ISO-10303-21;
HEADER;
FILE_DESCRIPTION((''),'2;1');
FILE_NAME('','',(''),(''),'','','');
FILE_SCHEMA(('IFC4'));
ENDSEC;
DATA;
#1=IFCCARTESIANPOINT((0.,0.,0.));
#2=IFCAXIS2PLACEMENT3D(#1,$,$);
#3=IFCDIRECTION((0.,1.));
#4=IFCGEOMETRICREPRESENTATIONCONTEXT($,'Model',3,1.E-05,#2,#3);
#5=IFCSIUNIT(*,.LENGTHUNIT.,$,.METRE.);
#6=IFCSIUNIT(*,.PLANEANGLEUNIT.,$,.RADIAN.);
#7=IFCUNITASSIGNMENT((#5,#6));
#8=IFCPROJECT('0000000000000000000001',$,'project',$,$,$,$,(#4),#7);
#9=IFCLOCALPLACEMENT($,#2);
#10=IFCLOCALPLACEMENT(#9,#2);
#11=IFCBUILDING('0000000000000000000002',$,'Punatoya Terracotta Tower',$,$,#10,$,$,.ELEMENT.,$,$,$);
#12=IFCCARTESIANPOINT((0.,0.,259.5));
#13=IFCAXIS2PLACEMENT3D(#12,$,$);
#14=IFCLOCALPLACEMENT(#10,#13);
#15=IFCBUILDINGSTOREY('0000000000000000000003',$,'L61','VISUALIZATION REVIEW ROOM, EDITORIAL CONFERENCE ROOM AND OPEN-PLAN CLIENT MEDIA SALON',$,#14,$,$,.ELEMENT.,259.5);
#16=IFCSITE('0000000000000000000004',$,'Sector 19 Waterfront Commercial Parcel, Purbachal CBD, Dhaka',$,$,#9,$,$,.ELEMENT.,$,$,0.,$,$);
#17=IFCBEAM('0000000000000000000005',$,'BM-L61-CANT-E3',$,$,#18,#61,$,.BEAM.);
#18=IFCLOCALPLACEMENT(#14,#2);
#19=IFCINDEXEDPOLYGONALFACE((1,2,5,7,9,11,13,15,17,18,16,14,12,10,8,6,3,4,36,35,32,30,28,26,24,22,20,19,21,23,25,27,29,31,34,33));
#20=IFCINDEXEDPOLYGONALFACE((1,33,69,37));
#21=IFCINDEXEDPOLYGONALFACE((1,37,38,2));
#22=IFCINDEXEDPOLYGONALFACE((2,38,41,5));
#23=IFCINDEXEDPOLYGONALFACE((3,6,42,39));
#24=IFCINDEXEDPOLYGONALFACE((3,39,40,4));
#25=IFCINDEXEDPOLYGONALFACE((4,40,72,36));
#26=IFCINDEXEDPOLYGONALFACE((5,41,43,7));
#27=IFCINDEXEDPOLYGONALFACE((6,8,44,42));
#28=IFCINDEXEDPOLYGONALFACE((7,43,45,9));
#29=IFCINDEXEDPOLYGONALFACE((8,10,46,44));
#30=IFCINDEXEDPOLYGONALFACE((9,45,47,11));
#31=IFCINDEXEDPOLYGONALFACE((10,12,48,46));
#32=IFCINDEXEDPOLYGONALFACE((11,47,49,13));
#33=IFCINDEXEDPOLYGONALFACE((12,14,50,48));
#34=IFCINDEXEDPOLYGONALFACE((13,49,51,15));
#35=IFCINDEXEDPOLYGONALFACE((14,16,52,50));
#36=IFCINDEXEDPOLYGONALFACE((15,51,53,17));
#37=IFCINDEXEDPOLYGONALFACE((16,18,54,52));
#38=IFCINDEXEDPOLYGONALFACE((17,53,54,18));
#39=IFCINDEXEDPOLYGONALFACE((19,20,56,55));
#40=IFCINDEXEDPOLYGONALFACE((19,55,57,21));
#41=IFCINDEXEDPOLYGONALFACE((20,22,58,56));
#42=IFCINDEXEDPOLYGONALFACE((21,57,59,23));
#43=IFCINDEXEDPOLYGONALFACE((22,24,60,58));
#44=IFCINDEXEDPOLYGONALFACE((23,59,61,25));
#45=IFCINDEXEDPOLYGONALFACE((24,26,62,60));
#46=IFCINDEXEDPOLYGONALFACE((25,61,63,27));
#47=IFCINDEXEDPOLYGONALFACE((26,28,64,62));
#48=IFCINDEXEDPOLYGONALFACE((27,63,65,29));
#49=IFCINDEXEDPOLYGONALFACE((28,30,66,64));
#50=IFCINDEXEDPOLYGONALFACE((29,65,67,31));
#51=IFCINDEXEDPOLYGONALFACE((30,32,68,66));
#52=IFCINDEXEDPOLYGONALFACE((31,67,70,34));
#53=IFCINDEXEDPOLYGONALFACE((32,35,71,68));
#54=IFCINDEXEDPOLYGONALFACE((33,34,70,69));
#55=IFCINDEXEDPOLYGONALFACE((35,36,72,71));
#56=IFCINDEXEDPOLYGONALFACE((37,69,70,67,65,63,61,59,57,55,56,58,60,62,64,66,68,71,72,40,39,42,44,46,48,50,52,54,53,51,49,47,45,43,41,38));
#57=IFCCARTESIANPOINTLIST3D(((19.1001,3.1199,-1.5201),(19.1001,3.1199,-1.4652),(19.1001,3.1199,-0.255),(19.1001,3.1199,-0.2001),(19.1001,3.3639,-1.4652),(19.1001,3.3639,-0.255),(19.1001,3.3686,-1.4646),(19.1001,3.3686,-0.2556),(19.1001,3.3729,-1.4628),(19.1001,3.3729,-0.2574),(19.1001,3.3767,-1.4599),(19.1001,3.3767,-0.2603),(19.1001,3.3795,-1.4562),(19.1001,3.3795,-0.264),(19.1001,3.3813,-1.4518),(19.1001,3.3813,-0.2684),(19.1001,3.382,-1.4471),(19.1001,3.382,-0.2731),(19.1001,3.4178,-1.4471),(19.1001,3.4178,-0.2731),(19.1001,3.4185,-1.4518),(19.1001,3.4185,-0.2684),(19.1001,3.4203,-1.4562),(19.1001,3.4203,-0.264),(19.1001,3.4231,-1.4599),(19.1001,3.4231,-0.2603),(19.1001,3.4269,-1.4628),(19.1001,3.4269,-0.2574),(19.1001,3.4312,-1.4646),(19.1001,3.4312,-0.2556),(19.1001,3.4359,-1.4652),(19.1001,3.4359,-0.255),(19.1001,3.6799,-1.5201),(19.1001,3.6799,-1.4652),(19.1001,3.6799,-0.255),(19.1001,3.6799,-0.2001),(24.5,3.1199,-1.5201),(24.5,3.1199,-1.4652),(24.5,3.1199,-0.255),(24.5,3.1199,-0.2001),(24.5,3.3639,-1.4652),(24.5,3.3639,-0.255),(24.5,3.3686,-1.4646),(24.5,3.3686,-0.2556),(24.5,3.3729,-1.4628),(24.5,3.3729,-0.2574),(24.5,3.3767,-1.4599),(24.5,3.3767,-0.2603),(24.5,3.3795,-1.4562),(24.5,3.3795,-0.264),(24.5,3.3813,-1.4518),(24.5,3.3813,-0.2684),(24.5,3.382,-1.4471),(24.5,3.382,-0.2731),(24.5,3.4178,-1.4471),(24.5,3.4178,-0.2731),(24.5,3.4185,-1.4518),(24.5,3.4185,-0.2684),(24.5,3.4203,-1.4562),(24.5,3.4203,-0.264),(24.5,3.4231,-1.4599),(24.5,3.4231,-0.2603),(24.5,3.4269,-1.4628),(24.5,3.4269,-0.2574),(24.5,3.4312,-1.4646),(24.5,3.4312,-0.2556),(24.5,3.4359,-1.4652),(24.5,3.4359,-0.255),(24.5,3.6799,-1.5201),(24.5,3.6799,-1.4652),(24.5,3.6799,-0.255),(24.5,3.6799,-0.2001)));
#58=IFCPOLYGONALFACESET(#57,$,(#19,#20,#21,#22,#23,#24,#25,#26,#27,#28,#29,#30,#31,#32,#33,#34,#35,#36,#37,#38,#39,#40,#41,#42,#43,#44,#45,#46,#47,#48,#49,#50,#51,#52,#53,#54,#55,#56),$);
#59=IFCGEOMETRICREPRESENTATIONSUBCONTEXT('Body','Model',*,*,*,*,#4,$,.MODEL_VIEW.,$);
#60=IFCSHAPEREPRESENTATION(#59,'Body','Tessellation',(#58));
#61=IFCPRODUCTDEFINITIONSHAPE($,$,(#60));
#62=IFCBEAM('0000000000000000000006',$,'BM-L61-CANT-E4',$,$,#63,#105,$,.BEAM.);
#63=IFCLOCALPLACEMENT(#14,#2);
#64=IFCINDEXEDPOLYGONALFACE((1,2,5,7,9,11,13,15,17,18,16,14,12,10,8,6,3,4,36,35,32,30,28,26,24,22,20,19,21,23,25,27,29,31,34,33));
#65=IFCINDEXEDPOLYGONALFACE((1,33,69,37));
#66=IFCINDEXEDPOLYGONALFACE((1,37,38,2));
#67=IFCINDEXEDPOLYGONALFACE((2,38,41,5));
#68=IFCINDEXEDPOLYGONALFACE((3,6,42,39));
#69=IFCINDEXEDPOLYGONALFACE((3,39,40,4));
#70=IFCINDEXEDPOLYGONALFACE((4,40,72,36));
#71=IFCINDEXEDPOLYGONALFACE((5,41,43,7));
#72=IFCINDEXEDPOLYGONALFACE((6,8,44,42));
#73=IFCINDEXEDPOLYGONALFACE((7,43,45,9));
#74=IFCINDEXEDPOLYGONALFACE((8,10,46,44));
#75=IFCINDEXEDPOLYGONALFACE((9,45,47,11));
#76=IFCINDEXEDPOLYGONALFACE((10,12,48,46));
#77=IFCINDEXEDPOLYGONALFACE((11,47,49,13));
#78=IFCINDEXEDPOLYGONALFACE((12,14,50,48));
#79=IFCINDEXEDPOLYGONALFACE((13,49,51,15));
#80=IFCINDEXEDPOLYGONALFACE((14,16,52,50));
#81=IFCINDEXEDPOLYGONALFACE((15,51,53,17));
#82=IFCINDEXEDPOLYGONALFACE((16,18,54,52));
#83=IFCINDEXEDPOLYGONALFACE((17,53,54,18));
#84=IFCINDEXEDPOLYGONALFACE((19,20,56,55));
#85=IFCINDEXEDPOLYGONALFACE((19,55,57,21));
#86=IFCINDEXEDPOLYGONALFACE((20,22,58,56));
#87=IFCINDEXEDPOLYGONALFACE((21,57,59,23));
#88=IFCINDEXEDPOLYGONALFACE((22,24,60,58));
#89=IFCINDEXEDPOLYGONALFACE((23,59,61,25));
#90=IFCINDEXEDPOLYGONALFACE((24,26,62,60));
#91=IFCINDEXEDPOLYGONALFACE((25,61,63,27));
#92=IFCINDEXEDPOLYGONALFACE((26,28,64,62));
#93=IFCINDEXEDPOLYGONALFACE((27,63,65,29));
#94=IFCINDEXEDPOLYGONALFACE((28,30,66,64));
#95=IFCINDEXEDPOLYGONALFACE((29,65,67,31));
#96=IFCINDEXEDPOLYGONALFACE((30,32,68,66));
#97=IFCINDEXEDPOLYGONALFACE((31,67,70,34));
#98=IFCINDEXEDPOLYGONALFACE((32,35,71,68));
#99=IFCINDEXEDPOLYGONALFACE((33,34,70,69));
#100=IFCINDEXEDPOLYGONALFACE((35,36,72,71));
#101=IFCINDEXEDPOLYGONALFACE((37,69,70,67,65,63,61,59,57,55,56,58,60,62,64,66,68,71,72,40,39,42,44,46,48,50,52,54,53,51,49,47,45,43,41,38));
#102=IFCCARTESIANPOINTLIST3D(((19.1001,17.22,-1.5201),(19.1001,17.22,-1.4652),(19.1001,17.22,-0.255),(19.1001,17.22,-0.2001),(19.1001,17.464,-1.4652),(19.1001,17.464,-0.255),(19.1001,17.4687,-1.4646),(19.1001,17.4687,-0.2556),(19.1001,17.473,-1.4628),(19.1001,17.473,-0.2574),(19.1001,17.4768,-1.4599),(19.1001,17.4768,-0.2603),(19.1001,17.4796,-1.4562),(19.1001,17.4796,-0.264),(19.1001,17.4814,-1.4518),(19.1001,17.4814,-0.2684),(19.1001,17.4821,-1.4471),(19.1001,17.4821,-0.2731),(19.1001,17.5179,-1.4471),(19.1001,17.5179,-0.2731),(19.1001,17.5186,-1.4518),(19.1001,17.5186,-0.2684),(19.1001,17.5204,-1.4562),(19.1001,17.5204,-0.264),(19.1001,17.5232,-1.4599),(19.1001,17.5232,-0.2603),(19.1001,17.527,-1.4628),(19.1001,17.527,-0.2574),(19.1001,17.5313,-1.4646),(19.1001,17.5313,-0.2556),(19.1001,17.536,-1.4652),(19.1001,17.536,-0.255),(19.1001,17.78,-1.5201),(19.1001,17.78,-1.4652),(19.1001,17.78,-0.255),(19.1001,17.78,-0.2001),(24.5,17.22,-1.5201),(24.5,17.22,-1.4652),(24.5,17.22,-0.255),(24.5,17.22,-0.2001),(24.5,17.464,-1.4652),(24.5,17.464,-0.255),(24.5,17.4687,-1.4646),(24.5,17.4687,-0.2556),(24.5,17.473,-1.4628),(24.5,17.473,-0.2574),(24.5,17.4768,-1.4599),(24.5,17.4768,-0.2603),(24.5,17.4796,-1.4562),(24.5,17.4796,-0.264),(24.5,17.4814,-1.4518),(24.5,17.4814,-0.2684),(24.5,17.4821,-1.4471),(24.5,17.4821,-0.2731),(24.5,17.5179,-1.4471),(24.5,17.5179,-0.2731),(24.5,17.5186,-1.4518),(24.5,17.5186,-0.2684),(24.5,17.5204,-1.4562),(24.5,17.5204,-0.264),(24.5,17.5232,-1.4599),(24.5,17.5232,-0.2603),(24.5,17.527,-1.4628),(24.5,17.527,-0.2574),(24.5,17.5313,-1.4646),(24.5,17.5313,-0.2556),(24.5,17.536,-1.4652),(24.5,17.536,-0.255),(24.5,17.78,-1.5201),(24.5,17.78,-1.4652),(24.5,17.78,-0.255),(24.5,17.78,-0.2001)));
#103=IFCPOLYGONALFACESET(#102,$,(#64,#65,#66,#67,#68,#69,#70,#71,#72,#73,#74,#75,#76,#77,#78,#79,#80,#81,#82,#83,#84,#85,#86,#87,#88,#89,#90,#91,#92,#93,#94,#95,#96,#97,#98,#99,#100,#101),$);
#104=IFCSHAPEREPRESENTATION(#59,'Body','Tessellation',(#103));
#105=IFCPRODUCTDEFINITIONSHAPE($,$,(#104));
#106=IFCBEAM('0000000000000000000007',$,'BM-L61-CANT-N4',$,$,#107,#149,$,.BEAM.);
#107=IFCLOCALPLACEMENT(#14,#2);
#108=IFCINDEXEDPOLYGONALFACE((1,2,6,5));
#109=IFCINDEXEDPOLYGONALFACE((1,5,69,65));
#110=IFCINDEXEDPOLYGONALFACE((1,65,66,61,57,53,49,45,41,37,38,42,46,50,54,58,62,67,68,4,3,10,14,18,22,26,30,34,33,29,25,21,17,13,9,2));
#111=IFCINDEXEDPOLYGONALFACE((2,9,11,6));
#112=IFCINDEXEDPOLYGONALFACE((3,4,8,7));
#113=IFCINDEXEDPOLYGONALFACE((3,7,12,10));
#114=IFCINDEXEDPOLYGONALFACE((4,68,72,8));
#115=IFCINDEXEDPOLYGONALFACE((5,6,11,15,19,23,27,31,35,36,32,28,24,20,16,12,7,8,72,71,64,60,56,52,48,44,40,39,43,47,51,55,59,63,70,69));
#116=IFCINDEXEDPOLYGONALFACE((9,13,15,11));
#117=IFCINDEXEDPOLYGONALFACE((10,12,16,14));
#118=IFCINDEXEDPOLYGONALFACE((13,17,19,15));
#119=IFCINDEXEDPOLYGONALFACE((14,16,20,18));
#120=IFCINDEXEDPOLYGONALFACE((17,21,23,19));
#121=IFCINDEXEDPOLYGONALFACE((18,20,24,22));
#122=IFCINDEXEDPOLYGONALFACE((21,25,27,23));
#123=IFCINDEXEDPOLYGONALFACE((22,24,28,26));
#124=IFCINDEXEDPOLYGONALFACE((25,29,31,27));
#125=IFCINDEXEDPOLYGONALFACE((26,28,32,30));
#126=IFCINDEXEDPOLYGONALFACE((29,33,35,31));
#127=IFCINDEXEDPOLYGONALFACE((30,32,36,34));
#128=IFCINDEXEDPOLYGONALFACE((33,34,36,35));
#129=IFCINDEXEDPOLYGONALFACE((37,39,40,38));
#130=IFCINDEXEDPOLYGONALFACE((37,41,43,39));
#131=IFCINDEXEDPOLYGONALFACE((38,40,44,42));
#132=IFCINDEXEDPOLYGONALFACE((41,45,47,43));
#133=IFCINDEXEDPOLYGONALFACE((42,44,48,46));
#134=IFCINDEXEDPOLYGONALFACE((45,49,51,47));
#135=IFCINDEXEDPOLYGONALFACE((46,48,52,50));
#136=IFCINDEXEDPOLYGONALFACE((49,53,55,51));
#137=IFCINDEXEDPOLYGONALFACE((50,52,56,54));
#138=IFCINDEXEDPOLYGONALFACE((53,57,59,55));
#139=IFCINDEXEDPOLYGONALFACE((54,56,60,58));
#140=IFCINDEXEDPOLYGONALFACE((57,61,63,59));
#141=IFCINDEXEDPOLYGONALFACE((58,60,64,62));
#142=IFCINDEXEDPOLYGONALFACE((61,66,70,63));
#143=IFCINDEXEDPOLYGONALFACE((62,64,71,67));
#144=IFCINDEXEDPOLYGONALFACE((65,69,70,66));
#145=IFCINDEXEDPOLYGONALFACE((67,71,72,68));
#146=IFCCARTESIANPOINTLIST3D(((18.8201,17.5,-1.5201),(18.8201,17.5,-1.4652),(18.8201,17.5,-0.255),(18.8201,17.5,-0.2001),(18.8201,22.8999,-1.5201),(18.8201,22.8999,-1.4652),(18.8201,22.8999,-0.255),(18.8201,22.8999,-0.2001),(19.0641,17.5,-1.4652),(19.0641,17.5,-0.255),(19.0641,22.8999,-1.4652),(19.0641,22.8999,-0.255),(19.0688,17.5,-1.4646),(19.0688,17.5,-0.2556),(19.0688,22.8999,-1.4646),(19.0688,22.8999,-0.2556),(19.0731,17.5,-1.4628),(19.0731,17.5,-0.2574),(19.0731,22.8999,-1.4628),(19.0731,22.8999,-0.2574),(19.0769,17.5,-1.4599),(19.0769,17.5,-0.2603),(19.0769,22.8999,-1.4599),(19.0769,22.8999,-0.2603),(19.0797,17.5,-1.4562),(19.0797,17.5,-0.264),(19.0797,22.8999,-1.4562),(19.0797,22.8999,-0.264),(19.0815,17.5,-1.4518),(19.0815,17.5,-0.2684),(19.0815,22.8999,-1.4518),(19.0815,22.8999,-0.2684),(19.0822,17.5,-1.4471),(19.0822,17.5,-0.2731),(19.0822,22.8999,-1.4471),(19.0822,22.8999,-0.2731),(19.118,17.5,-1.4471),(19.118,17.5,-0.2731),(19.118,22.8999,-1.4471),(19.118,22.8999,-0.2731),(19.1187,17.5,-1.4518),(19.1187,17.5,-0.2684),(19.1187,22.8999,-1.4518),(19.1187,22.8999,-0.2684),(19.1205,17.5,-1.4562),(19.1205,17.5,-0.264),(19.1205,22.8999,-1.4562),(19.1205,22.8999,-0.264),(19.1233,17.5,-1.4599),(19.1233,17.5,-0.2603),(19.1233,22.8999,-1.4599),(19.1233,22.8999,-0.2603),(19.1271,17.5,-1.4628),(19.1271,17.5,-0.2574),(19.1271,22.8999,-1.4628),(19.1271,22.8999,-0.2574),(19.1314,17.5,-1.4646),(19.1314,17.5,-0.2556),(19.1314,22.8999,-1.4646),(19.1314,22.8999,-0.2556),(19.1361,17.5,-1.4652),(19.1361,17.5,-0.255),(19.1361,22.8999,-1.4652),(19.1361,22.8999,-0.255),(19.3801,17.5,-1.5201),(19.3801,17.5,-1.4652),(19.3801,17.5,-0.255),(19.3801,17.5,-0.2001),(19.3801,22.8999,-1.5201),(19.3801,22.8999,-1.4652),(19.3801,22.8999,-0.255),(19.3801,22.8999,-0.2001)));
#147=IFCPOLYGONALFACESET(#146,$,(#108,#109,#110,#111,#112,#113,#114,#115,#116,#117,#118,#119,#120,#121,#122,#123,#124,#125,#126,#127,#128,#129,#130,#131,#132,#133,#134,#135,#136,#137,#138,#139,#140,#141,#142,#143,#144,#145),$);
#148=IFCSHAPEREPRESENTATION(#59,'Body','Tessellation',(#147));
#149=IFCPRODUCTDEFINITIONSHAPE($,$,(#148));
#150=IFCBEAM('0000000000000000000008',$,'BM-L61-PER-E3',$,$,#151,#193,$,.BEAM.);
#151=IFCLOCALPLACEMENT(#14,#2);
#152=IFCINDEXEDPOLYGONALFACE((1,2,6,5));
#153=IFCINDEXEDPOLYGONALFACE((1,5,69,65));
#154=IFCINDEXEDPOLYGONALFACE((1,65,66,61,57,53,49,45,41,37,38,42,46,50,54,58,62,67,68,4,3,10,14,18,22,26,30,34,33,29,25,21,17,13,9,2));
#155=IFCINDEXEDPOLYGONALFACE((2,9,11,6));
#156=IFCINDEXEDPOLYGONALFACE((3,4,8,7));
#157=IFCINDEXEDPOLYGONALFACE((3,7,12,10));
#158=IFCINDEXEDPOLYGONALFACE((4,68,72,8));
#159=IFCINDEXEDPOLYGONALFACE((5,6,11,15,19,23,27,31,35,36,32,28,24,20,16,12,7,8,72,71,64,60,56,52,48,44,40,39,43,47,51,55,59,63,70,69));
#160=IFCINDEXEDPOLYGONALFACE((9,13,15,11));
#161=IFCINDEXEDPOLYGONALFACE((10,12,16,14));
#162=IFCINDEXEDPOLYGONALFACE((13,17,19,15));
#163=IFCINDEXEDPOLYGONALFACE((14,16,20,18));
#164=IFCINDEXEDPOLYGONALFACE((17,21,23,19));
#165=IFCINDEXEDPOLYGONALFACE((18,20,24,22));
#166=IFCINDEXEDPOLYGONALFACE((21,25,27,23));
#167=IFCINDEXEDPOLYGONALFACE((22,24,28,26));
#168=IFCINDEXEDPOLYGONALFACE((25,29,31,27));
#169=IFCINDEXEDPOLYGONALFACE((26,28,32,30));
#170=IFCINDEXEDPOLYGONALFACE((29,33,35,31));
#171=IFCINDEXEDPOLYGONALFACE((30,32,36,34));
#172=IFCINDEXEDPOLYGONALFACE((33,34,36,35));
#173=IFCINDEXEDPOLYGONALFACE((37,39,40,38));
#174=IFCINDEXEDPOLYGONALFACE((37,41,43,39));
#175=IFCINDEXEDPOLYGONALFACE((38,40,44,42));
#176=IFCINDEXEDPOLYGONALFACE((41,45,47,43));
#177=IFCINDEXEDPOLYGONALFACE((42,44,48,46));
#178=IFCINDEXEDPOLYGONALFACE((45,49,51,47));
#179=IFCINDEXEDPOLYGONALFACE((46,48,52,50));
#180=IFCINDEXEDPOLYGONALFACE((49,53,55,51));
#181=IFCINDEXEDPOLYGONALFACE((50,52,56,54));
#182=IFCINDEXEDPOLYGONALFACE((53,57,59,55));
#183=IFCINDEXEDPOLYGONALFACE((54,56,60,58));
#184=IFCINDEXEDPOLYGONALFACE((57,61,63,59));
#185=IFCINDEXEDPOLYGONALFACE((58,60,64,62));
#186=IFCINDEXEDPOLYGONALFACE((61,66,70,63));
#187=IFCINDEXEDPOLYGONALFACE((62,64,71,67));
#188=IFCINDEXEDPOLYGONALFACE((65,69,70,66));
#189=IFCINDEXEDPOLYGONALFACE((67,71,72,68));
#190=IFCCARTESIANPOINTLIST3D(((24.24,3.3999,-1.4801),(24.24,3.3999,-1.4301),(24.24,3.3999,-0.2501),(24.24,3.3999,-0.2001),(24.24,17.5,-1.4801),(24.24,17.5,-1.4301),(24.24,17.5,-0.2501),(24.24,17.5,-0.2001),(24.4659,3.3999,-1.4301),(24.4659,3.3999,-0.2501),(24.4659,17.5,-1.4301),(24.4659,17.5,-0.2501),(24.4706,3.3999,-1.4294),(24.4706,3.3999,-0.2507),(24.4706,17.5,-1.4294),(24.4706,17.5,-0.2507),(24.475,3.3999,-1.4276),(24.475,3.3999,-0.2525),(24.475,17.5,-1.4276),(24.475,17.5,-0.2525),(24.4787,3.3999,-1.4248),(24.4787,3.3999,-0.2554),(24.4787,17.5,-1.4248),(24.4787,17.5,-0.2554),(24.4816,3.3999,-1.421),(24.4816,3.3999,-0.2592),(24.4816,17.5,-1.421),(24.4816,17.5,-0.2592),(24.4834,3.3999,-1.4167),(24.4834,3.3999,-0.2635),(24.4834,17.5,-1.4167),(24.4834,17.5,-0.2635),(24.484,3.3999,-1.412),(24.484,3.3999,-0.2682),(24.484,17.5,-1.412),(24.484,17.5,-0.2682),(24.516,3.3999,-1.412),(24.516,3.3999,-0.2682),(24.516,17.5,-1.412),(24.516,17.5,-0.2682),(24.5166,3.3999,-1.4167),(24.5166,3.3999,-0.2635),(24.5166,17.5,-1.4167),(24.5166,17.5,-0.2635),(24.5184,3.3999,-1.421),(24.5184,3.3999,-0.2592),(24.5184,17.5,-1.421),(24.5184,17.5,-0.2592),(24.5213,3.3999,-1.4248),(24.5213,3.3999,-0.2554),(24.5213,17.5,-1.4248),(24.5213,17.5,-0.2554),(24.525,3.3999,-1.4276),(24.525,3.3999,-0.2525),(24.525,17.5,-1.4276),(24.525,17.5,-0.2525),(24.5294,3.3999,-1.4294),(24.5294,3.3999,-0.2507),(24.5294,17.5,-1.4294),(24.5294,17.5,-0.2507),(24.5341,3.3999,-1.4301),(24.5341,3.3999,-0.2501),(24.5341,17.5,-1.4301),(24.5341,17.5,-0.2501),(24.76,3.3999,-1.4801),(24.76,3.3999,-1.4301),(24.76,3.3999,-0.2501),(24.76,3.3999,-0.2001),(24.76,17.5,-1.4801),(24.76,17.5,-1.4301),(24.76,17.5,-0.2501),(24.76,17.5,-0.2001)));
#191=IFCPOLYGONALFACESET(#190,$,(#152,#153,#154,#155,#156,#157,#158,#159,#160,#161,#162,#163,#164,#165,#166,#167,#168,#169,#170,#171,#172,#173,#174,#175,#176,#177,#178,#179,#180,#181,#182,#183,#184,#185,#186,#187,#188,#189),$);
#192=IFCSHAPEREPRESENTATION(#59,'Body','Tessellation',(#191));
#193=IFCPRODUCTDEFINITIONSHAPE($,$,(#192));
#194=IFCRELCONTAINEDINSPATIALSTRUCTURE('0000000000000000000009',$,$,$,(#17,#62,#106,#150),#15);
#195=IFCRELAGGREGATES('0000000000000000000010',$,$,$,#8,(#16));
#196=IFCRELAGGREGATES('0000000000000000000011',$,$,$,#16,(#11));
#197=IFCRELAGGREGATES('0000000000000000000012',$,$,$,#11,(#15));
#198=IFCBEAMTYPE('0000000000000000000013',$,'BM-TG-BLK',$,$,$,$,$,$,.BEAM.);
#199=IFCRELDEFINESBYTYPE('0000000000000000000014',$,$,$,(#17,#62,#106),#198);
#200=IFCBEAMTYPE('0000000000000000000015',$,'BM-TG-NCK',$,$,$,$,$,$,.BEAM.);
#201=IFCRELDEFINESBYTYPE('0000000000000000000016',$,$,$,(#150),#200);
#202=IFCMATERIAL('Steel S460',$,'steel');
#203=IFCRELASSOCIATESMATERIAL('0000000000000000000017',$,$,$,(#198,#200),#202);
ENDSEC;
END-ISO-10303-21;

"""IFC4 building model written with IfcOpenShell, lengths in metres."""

from ifc_helpers import new_model, si_unit, direction, frame, origin, origin_2d, place, context, subcontext, project, spatial, i_section, extrude, material, material_profile, profile_set, type_object, element, save


model = new_model("IFC4")

# Units and contexts
model_context = context("Model", 3, precision=1e-05, world=origin(), true_north=direction((0.0, 1.0)))
body_context = subcontext(model_context, "Body", "Model", "MODEL_VIEW")
ifc_project = project(units=[si_unit("LENGTHUNIT", "METRE"), si_unit("PLANEANGLEUNIT", "RADIAN")], contexts=[model_context])

# Site, building, storey
site_placement = place(None, origin())
site = spatial("IfcSite", under=ifc_project, at=site_placement, Name="Sector 19 Waterfront Commercial Parcel, Purbachal CBD, Dhaka", CompositionType="ELEMENT", RefElevation=0.0)
building_placement = place(site_placement, origin())
building = spatial("IfcBuilding", under=site, at=building_placement, Name="Punatoya Terracotta Tower", CompositionType="ELEMENT")
storey_placement = place(building_placement, frame((0.0, 0.0, 259.5)))
storey = spatial("IfcBuildingStorey", under=building, at=storey_placement, Name="L61", Description="VISUALIZATION REVIEW ROOM, EDITORIAL CONFERENCE ROOM AND OPEN-PLAN CLIENT MEDIA SALON", CompositionType="ELEMENT", Elevation=259.5)

# Shared definitions
ifc_material_1 = material(Name="Steel S460", Category="steel")

# Beams
ifc_material_profile_1 = material_profile(ifc_material_1, i_section(OverallWidth=0.5601, OverallDepth=1.3201, WebThickness=0.0359, FlangeThickness=0.0549, FilletRadius=0.0181, at=origin_2d()))
ifc_profile_set_1 = profile_set([ifc_material_profile_1], Name="Steel S460")
beam_type_1 = type_object("IfcBeamType", Name="BM-TG-BLK", PredefinedType="BEAM", material=ifc_profile_set_1)
for number, where, z_axis, x_axis, name in (
    (1, (19.1001, 3.3999, -0.8601), (1.0, 0.0, 0.0), (0.0, 1.0, 0.0), "BM-L61-CANT-E3"),
    (2, (19.1001, 17.5, -0.8601), (1.0, 0.0, 0.0), (0.0, 1.0, 0.0), "BM-L61-CANT-E4"),
    (3, (19.1001, 17.5, -0.8601), (0.0, 1.0, 0.0), (-1.0, 0.0, 0.0), "BM-L61-CANT-N4"),
):
    element("IfcBeam", number, at=place(storey_placement, frame(where, z_axis=z_axis, x_axis=x_axis)), inside=storey, type_object=beam_type_1, Name=name, PredefinedType="BEAM", context=body_context, shape_type="SweptSolid", body=[
        extrude(i_section(OverallWidth=0.5601, OverallDepth=1.3201, WebThickness=0.0359, FlangeThickness=0.0549, FilletRadius=0.0181, at=origin_2d()), origin(), (0.0, 0.0, 1.0), 5.3999),
    ])
ifc_material_profile_2 = material_profile(ifc_material_1, i_section(OverallWidth=0.52, OverallDepth=1.28, WebThickness=0.032, FlangeThickness=0.05, FilletRadius=0.0181, at=origin_2d()))
ifc_profile_set_2 = profile_set([ifc_material_profile_2], Name="Steel S460")
beam_type_2 = type_object("IfcBeamType", Name="BM-TG-NCK", PredefinedType="BEAM", material=ifc_profile_set_2)
beam_1_placement = place(storey_placement, frame((24.5, 3.3999, -0.8401), z_axis=(0.0, 1.0, 0.0), x_axis=(-1.0, 0.0, 0.0)))
element("IfcBeam", 4, at=beam_1_placement, inside=storey, type_object=beam_type_2, Name="BM-L61-PER-E3", PredefinedType="BEAM", context=body_context, shape_type="SweptSolid", body=[
    extrude(i_section(OverallWidth=0.52, OverallDepth=1.28, WebThickness=0.032, FlangeThickness=0.05, FilletRadius=0.0181, at=origin_2d()), origin(), (0.0, 0.0, 1.0), 14.1001),
])

save(model, "model.ifc")
